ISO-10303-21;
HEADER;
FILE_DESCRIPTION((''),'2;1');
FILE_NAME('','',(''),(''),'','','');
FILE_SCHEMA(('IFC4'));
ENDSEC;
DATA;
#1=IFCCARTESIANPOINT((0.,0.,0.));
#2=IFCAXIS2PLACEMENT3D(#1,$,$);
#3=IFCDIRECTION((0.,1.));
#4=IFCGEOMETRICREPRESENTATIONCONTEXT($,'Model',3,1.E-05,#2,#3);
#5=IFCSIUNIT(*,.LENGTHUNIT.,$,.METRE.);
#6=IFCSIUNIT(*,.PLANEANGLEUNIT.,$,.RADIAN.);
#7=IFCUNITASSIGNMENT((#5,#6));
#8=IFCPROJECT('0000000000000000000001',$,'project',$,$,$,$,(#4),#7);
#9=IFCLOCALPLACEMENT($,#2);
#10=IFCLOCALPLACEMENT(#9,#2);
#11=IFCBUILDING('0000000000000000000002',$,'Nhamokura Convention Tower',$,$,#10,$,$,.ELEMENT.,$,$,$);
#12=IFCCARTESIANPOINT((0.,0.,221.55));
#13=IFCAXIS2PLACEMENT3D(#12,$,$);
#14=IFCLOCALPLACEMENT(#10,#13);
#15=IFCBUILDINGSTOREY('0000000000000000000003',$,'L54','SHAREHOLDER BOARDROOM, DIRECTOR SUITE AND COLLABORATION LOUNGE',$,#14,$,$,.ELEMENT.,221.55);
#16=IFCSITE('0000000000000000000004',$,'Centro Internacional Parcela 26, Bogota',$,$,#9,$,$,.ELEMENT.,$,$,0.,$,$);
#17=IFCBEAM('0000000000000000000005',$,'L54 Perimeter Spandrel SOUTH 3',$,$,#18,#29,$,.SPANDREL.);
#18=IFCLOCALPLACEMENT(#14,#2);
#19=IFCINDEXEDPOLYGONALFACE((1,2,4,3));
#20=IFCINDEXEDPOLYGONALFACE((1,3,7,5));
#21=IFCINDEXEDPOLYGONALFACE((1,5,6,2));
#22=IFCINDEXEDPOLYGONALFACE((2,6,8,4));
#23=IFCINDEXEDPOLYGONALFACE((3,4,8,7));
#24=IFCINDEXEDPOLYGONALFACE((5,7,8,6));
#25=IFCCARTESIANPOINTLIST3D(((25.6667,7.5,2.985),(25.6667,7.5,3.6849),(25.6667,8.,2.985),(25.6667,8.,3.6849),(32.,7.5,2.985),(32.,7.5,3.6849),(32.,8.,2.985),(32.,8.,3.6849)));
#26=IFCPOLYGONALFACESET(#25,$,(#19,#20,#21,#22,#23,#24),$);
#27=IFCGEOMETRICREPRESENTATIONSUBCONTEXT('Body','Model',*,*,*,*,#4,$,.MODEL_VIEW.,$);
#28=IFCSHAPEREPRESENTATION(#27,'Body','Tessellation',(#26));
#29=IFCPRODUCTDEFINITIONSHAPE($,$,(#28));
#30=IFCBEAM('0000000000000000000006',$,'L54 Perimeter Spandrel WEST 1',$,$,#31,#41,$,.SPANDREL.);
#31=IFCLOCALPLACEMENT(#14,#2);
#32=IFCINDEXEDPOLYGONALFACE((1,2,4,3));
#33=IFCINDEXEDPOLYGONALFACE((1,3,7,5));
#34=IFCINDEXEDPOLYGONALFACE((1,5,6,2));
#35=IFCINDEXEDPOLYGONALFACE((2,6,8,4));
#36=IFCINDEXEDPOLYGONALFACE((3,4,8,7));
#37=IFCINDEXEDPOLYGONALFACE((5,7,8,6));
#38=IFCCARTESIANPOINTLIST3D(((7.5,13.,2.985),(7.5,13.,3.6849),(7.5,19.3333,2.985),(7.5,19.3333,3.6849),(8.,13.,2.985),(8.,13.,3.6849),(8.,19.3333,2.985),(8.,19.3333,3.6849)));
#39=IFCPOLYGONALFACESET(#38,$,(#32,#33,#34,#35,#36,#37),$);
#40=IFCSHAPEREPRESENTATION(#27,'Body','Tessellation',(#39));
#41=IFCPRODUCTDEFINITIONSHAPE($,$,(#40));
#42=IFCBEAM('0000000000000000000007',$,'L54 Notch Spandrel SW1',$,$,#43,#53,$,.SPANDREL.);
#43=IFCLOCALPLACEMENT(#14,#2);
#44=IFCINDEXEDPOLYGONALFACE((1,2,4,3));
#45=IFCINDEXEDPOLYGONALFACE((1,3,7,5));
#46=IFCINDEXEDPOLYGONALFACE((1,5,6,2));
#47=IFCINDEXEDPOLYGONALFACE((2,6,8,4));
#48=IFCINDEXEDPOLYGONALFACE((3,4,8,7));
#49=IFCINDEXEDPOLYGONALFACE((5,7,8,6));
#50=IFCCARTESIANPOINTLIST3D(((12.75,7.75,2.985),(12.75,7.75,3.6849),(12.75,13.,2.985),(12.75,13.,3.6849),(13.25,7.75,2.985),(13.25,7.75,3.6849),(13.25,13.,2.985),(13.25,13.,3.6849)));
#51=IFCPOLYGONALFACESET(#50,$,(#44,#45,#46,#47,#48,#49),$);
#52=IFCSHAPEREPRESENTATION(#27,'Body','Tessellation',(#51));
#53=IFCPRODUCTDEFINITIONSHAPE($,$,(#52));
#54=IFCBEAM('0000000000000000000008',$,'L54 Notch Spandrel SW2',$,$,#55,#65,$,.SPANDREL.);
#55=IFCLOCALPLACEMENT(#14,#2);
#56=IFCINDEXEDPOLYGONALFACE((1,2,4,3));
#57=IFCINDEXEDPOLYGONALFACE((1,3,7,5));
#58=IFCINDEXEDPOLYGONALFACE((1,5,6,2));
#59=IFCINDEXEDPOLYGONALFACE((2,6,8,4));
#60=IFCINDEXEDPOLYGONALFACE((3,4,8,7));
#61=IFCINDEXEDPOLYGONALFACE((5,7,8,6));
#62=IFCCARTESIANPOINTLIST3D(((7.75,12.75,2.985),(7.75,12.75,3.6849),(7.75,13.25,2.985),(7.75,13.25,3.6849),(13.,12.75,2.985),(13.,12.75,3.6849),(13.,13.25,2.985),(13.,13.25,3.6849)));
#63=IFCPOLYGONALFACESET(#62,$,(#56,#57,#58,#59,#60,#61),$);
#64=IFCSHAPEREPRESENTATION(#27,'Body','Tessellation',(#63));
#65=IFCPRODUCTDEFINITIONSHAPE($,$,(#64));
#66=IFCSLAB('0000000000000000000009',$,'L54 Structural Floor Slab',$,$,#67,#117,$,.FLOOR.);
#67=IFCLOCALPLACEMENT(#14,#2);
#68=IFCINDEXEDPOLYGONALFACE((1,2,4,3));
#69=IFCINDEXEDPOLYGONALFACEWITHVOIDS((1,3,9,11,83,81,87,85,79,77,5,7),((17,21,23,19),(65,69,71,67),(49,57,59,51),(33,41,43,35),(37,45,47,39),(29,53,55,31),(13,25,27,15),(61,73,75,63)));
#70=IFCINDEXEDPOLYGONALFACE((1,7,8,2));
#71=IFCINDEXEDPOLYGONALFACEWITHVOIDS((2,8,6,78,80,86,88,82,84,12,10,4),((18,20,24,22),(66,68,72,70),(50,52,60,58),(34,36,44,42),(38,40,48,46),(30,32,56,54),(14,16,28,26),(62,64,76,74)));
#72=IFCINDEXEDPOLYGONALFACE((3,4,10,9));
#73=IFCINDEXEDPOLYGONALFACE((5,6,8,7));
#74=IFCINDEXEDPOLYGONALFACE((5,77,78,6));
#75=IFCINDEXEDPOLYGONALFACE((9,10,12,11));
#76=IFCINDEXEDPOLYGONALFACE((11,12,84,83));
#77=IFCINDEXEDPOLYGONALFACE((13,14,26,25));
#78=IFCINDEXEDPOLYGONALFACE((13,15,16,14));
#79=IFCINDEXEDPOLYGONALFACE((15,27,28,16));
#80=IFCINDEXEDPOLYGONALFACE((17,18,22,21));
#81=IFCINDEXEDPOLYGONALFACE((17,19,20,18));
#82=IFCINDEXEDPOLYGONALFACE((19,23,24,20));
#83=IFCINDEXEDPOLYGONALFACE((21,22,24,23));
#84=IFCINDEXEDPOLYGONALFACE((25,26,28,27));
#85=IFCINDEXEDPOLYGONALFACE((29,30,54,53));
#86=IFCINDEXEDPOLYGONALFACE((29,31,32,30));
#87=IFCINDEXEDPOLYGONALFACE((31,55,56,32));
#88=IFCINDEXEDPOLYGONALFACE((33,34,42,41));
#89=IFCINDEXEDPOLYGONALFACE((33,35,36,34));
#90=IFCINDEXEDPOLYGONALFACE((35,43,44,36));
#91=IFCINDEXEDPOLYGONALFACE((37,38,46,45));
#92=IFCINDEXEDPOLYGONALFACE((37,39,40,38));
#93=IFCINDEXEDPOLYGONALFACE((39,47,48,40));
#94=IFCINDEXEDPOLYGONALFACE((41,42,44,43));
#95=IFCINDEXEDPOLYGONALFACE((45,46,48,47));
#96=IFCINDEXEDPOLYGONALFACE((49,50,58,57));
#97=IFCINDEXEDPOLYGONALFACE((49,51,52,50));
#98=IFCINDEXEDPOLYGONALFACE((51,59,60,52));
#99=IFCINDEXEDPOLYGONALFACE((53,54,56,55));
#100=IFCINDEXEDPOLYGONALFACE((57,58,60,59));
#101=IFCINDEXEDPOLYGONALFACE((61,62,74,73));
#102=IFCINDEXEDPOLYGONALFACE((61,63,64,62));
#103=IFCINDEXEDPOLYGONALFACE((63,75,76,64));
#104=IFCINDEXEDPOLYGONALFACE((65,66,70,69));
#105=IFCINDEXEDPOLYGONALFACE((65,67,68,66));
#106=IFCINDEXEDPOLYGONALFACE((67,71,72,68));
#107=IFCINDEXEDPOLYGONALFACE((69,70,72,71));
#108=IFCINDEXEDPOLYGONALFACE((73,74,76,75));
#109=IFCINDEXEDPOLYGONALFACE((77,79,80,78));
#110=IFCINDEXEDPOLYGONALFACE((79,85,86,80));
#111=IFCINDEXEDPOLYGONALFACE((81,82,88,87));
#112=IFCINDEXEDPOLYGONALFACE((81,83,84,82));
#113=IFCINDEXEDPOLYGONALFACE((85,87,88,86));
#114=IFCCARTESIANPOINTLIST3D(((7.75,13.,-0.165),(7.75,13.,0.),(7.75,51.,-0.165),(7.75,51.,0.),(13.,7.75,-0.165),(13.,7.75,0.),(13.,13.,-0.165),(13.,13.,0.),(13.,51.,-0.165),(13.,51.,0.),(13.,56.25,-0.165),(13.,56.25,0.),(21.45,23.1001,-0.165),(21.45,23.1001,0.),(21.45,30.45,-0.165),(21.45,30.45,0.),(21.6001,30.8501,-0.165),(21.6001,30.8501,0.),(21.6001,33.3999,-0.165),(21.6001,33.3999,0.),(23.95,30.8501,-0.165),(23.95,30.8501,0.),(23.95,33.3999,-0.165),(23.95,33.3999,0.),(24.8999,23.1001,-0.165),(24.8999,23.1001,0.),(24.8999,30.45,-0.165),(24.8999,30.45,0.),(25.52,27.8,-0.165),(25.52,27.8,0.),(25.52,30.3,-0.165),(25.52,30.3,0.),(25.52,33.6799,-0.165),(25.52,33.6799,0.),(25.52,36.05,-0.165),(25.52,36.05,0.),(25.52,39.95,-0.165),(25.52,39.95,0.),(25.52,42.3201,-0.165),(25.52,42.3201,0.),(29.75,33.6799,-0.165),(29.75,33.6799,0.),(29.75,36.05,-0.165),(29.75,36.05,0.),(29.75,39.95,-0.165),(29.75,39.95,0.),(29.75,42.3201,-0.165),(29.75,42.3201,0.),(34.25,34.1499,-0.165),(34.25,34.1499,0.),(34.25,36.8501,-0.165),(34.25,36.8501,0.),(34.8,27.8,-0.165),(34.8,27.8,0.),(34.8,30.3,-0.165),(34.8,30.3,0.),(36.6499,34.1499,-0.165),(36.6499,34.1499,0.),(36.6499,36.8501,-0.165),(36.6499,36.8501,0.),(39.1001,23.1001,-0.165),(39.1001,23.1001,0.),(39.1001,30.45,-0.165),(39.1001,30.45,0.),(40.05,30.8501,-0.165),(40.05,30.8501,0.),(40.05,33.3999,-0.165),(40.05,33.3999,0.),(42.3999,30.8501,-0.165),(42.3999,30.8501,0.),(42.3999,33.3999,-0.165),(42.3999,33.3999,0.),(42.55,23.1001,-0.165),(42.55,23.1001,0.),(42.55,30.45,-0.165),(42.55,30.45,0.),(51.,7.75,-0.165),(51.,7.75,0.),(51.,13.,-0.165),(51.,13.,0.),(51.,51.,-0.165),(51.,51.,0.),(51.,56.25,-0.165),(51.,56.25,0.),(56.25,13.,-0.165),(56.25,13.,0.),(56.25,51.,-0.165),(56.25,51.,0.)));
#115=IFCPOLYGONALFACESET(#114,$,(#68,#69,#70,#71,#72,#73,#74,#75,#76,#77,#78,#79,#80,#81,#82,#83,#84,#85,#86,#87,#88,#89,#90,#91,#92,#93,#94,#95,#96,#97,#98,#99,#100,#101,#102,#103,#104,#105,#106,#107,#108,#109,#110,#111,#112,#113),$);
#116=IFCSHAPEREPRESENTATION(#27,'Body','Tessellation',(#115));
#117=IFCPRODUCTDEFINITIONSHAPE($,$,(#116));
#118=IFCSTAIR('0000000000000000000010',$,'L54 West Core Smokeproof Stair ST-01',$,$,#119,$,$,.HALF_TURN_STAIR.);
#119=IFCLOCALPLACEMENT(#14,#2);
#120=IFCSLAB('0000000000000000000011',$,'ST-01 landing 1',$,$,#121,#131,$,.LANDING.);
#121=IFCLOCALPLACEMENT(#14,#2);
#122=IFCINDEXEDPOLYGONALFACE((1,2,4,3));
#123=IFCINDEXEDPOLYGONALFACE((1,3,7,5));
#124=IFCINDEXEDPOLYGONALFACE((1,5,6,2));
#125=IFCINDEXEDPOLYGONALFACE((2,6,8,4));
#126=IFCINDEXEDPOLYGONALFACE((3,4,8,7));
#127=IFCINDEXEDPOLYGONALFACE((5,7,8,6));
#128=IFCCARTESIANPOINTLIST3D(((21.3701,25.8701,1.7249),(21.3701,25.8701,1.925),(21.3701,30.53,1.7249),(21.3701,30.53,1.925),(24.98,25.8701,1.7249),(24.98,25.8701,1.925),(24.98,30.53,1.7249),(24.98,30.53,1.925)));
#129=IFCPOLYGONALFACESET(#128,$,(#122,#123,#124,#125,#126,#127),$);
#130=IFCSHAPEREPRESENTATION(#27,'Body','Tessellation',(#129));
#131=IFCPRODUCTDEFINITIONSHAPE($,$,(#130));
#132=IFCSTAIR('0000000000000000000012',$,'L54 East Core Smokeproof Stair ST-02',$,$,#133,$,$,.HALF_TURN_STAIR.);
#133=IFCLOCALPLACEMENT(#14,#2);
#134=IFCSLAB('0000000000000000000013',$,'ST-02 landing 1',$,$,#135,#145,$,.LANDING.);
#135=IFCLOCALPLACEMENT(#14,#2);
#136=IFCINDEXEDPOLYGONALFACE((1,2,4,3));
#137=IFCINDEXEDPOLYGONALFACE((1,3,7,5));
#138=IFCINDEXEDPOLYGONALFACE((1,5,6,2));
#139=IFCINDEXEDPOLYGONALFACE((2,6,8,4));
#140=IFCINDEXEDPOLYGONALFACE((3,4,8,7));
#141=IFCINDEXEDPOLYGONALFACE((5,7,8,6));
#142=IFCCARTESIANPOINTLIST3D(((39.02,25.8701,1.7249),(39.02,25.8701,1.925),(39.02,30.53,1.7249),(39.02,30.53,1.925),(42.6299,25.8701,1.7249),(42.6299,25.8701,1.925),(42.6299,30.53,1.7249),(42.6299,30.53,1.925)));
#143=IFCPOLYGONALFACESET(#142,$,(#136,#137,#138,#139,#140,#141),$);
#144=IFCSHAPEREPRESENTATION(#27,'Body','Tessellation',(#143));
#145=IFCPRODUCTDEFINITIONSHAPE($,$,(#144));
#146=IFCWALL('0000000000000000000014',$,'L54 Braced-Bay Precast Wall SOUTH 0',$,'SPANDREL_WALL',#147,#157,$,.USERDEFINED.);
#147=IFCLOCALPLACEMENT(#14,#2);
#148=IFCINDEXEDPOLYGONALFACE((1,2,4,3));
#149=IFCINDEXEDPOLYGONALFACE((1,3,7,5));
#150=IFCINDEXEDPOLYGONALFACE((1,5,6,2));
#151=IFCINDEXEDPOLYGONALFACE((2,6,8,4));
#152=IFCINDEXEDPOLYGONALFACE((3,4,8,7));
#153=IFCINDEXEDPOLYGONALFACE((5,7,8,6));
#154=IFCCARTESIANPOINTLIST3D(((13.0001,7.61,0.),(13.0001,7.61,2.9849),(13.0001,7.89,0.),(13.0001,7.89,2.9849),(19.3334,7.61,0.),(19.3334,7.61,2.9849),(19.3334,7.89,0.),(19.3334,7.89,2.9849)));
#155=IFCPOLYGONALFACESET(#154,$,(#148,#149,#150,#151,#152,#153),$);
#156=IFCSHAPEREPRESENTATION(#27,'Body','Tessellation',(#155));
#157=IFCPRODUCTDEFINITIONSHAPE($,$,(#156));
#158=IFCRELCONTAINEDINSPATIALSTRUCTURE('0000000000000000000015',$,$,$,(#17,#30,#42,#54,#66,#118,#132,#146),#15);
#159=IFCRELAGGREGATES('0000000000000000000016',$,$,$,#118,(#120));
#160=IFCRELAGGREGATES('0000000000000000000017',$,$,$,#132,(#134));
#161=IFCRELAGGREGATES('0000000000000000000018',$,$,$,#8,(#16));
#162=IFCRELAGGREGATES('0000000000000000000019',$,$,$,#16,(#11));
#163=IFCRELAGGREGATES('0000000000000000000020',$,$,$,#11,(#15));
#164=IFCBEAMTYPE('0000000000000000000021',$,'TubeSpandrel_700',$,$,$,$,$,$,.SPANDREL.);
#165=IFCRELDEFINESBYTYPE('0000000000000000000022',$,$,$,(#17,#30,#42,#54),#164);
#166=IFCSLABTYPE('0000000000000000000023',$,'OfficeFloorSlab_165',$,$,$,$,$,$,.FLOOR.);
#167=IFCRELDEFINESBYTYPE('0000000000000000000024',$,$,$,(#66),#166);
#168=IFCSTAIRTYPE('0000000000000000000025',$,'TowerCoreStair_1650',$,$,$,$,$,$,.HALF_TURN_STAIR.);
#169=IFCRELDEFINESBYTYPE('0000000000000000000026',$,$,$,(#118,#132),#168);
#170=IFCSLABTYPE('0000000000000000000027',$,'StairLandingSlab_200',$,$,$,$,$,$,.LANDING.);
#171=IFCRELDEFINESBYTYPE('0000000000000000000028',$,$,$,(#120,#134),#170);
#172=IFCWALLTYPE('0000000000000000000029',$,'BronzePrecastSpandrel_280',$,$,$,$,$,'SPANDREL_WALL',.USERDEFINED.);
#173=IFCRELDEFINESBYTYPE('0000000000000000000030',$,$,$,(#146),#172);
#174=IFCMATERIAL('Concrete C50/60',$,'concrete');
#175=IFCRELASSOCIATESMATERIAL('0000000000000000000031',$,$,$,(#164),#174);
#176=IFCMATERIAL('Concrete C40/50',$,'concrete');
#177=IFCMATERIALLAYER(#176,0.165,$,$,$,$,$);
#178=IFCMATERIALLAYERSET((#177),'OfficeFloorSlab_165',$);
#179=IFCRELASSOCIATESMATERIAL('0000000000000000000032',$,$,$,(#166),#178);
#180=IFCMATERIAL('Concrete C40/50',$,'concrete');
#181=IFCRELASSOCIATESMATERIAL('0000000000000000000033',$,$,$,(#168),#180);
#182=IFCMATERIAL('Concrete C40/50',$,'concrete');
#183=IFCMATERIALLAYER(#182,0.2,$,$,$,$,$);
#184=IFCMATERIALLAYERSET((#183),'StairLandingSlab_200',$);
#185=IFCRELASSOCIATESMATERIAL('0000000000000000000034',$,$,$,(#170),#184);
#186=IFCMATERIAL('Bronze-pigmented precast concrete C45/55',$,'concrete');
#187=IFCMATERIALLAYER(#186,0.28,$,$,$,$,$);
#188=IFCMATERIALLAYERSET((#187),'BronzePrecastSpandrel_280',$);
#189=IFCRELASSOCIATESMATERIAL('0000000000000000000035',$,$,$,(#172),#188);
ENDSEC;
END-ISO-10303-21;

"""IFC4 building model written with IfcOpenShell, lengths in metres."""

from ifc_helpers import new_model, si_unit, direction, frame, frame_2d, origin, origin_2d, place, context, subcontext, project, spatial, polyline, rectangle, outline, extrude, material, layer, layer_set, material_profile, profile_set, type_object, element, aggregate, save


model = new_model("IFC4")

# Units and contexts
model_context = context("Model", 3, precision=1e-05, world=origin(), true_north=direction((0.0, 1.0)))
body_context = subcontext(model_context, "Body", "Model", "MODEL_VIEW")
ifc_project = project(units=[si_unit("LENGTHUNIT", "METRE"), si_unit("PLANEANGLEUNIT", "RADIAN")], contexts=[model_context])

# Site, building, storey
site_placement = place(None, origin())
site = spatial("IfcSite", under=ifc_project, at=site_placement, Name="Centro Internacional Parcela 26, Bogota", CompositionType="ELEMENT", RefElevation=0.0)
building_placement = place(site_placement, origin())
building = spatial("IfcBuilding", under=site, at=building_placement, Name="Nhamokura Convention Tower", CompositionType="ELEMENT")
storey_placement = place(building_placement, frame((0.0, 0.0, 221.55)))
storey = spatial("IfcBuildingStorey", under=building, at=storey_placement, Name="L54", Description="SHAREHOLDER BOARDROOM, DIRECTOR SUITE AND COLLABORATION LOUNGE", CompositionType="ELEMENT", Elevation=221.55)

# Beams
ifc_material_1 = material(Name="Concrete C50/60", Category="concrete")
ifc_material_profile_1 = material_profile(ifc_material_1, rectangle(XDim=0.5, YDim=0.7, at=origin_2d()))
ifc_profile_set_1 = profile_set([ifc_material_profile_1], Name="Concrete C50/60")
beam_type_1 = type_object("IfcBeamType", Name="TubeSpandrel_700", PredefinedType="SPANDREL", material=ifc_profile_set_1)
for number, where, z_axis, x_axis, name in (
    (1, (25.6667, 7.75, 3.335), (1.0, 0.0, 0.0), (0.0, 1.0, 0.0), "L54 Perimeter Spandrel SOUTH 3"),
    (2, (7.75, 13.0, 3.335), (0.0, 1.0, 0.0), (-1.0, 0.0, 0.0), "L54 Perimeter Spandrel WEST 1"),
):
    element("IfcBeam", number, at=place(storey_placement, frame(where, z_axis=z_axis, x_axis=x_axis)), inside=storey, type_object=beam_type_1, Name=name, PredefinedType="SPANDREL", context=body_context, shape_type="SweptSolid", body=[
        extrude(rectangle(XDim=0.5, YDim=0.7, at=origin_2d()), origin(), (0.0, 0.0, 1.0), 6.3333),
    ])
for number, where, z_axis, x_axis, name in (
    (3, (13.0, 7.75, 3.335), (0.0, 1.0, 0.0), (-1.0, 0.0, 0.0), "L54 Notch Spandrel SW1"),
    (4, (13.0, 13.0, 3.335), (-1.0, 0.0, 0.0), (0.0, -1.0, 0.0), "L54 Notch Spandrel SW2"),
):
    element("IfcBeam", number, at=place(storey_placement, frame(where, z_axis=z_axis, x_axis=x_axis)), inside=storey, type_object=beam_type_1, Name=name, PredefinedType="SPANDREL", context=body_context, shape_type="SweptSolid", body=[
        extrude(rectangle(XDim=0.5, YDim=0.7, at=origin_2d()), origin(), (0.0, 0.0, 1.0), 5.25),
    ])

# Slab
ifc_material_2 = material(Name="Concrete C40/50", Category="concrete")
ifc_layer_1 = layer(ifc_material_2, 0.165)
ifc_layer_set_1 = layer_set([ifc_layer_1], Name="OfficeFloorSlab_165")
slab_type_1 = type_object("IfcSlabType", Name="OfficeFloorSlab_165", PredefinedType="FLOOR", material=ifc_layer_set_1)
slab_1_placement = place(storey_placement, frame((0.0, 0.0, -0.165)))
element("IfcSlab", 5, at=slab_1_placement, inside=storey, type_object=slab_type_1, Name="L54 Structural Floor Slab", PredefinedType="FLOOR", context=body_context, shape_type="SweptSolid", body=[
    extrude(outline(polyline([(13.0, 7.75), (51.0, 7.75), (51.0, 13.0), (56.25, 13.0), (56.25, 51.0), (51.0, 51.0), (51.0, 56.25), (13.0, 56.25), (13.0, 51.0), (7.75, 51.0), (7.75, 13.0), (13.0, 13.0), (13.0, 7.75)]), holes=[polyline([(24.8999, 23.1001), (24.8999, 30.45), (21.45, 30.45), (21.45, 23.1001), (24.8999, 23.1001)]), polyline([(42.55, 23.1001), (42.55, 30.45), (39.1001, 30.45), (39.1001, 23.1001), (42.55, 23.1001)]), polyline([(21.6001, 30.8501), (23.95, 30.8501), (23.95, 33.3999), (21.6001, 33.3999), (21.6001, 30.8501)]), polyline([(40.05, 30.8501), (42.3999, 30.8501), (42.3999, 33.3999), (40.05, 33.3999), (40.05, 30.8501)]), polyline([(34.25, 34.1499), (36.6499, 34.1499), (36.6499, 36.8501), (34.25, 36.8501), (34.25, 34.1499)]), polyline([(25.52, 27.8), (34.8, 27.8), (34.8, 30.3), (25.52, 30.3), (25.52, 27.8)]), polyline([(25.52, 33.6799), (29.75, 33.6799), (29.75, 36.05), (25.52, 36.05), (25.52, 33.6799)]), polyline([(25.52, 39.95), (29.75, 39.95), (29.75, 42.3201), (25.52, 42.3201), (25.52, 39.95)])]), origin(), (0.0, 0.0, 1.0), 0.165),
])

# Stairs, slabs
ifc_material_3 = material(Name="Concrete C40/50", Category="concrete")
stair_type = type_object("IfcStairType", Name="TowerCoreStair_1650", PredefinedType="HALF_TURN_STAIR", material=ifc_material_3)
stair_1_placement = place(storey_placement, origin())
stair_1 = element("IfcStair", 6, at=stair_1_placement, inside=storey, type_object=stair_type, Name="L54 West Core Smokeproof Stair ST-01", PredefinedType="HALF_TURN_STAIR")
ifc_material_4 = material(Name="Concrete C40/50", Category="concrete")
ifc_layer_2 = layer(ifc_material_4, 0.2)
ifc_layer_set_2 = layer_set([ifc_layer_2], Name="StairLandingSlab_200")
slab_type_2 = type_object("IfcSlabType", Name="StairLandingSlab_200", PredefinedType="LANDING", material=ifc_layer_set_2)
slab_2_placement = place(storey_placement, frame((0.0, 0.0, 1.7249)))
slab_2 = element("IfcSlab", 7, at=slab_2_placement, type_object=slab_type_2, Name="ST-01 landing 1", PredefinedType="LANDING", context=body_context, shape_type="SweptSolid", body=[
    extrude(outline(polyline([(24.98, 25.8701), (24.98, 30.53), (21.3701, 30.53), (21.3701, 25.8701), (24.98, 25.8701)])), origin(), (0.0, 0.0, 1.0), 0.2002),
])
aggregate(stair_1, [slab_2])
stair_2_placement = place(storey_placement, origin())
stair_2 = element("IfcStair", 8, at=stair_2_placement, inside=storey, type_object=stair_type, Name="L54 East Core Smokeproof Stair ST-02", PredefinedType="HALF_TURN_STAIR")
slab_3_placement = place(storey_placement, frame((0.0, 0.0, 1.7249)))
slab_3 = element("IfcSlab", 9, at=slab_3_placement, type_object=slab_type_2, Name="ST-02 landing 1", PredefinedType="LANDING", context=body_context, shape_type="SweptSolid", body=[
    extrude(outline(polyline([(42.6299, 25.8701), (42.6299, 30.53), (39.02, 30.53), (39.02, 25.8701), (42.6299, 25.8701)])), origin(), (0.0, 0.0, 1.0), 0.2002),
])
aggregate(stair_2, [slab_3])

# Wall
ifc_material_5 = material(Name="Bronze-pigmented precast concrete C45/55", Category="concrete")
ifc_layer_3 = layer(ifc_material_5, 0.28)
ifc_layer_set_3 = layer_set([ifc_layer_3], Name="BronzePrecastSpandrel_280")
wall_type_1 = type_object("IfcWallType", Name="BronzePrecastSpandrel_280", ElementType="SPANDREL_WALL", PredefinedType="USERDEFINED", material=ifc_layer_set_3)
wall_1_placement = place(storey_placement, frame((19.3333, 7.75, 0.0), z_axis=(0.0, 0.0, 1.0), x_axis=(-1.0, 0.0, 0.0)))
element("IfcWall", 10, at=wall_1_placement, inside=storey, type_object=wall_type_1, Name="L54 Braced-Bay Precast Wall SOUTH 0", ObjectType="SPANDREL_WALL", PredefinedType="USERDEFINED", context=body_context, shape_type="SweptSolid", body=[
    extrude(rectangle(XDim=6.3333, YDim=0.28, at=frame_2d((3.1665, 0.0))), origin(), (0.0, 0.0, 1.0), 2.9849),
])

save(model, "model.ifc")
